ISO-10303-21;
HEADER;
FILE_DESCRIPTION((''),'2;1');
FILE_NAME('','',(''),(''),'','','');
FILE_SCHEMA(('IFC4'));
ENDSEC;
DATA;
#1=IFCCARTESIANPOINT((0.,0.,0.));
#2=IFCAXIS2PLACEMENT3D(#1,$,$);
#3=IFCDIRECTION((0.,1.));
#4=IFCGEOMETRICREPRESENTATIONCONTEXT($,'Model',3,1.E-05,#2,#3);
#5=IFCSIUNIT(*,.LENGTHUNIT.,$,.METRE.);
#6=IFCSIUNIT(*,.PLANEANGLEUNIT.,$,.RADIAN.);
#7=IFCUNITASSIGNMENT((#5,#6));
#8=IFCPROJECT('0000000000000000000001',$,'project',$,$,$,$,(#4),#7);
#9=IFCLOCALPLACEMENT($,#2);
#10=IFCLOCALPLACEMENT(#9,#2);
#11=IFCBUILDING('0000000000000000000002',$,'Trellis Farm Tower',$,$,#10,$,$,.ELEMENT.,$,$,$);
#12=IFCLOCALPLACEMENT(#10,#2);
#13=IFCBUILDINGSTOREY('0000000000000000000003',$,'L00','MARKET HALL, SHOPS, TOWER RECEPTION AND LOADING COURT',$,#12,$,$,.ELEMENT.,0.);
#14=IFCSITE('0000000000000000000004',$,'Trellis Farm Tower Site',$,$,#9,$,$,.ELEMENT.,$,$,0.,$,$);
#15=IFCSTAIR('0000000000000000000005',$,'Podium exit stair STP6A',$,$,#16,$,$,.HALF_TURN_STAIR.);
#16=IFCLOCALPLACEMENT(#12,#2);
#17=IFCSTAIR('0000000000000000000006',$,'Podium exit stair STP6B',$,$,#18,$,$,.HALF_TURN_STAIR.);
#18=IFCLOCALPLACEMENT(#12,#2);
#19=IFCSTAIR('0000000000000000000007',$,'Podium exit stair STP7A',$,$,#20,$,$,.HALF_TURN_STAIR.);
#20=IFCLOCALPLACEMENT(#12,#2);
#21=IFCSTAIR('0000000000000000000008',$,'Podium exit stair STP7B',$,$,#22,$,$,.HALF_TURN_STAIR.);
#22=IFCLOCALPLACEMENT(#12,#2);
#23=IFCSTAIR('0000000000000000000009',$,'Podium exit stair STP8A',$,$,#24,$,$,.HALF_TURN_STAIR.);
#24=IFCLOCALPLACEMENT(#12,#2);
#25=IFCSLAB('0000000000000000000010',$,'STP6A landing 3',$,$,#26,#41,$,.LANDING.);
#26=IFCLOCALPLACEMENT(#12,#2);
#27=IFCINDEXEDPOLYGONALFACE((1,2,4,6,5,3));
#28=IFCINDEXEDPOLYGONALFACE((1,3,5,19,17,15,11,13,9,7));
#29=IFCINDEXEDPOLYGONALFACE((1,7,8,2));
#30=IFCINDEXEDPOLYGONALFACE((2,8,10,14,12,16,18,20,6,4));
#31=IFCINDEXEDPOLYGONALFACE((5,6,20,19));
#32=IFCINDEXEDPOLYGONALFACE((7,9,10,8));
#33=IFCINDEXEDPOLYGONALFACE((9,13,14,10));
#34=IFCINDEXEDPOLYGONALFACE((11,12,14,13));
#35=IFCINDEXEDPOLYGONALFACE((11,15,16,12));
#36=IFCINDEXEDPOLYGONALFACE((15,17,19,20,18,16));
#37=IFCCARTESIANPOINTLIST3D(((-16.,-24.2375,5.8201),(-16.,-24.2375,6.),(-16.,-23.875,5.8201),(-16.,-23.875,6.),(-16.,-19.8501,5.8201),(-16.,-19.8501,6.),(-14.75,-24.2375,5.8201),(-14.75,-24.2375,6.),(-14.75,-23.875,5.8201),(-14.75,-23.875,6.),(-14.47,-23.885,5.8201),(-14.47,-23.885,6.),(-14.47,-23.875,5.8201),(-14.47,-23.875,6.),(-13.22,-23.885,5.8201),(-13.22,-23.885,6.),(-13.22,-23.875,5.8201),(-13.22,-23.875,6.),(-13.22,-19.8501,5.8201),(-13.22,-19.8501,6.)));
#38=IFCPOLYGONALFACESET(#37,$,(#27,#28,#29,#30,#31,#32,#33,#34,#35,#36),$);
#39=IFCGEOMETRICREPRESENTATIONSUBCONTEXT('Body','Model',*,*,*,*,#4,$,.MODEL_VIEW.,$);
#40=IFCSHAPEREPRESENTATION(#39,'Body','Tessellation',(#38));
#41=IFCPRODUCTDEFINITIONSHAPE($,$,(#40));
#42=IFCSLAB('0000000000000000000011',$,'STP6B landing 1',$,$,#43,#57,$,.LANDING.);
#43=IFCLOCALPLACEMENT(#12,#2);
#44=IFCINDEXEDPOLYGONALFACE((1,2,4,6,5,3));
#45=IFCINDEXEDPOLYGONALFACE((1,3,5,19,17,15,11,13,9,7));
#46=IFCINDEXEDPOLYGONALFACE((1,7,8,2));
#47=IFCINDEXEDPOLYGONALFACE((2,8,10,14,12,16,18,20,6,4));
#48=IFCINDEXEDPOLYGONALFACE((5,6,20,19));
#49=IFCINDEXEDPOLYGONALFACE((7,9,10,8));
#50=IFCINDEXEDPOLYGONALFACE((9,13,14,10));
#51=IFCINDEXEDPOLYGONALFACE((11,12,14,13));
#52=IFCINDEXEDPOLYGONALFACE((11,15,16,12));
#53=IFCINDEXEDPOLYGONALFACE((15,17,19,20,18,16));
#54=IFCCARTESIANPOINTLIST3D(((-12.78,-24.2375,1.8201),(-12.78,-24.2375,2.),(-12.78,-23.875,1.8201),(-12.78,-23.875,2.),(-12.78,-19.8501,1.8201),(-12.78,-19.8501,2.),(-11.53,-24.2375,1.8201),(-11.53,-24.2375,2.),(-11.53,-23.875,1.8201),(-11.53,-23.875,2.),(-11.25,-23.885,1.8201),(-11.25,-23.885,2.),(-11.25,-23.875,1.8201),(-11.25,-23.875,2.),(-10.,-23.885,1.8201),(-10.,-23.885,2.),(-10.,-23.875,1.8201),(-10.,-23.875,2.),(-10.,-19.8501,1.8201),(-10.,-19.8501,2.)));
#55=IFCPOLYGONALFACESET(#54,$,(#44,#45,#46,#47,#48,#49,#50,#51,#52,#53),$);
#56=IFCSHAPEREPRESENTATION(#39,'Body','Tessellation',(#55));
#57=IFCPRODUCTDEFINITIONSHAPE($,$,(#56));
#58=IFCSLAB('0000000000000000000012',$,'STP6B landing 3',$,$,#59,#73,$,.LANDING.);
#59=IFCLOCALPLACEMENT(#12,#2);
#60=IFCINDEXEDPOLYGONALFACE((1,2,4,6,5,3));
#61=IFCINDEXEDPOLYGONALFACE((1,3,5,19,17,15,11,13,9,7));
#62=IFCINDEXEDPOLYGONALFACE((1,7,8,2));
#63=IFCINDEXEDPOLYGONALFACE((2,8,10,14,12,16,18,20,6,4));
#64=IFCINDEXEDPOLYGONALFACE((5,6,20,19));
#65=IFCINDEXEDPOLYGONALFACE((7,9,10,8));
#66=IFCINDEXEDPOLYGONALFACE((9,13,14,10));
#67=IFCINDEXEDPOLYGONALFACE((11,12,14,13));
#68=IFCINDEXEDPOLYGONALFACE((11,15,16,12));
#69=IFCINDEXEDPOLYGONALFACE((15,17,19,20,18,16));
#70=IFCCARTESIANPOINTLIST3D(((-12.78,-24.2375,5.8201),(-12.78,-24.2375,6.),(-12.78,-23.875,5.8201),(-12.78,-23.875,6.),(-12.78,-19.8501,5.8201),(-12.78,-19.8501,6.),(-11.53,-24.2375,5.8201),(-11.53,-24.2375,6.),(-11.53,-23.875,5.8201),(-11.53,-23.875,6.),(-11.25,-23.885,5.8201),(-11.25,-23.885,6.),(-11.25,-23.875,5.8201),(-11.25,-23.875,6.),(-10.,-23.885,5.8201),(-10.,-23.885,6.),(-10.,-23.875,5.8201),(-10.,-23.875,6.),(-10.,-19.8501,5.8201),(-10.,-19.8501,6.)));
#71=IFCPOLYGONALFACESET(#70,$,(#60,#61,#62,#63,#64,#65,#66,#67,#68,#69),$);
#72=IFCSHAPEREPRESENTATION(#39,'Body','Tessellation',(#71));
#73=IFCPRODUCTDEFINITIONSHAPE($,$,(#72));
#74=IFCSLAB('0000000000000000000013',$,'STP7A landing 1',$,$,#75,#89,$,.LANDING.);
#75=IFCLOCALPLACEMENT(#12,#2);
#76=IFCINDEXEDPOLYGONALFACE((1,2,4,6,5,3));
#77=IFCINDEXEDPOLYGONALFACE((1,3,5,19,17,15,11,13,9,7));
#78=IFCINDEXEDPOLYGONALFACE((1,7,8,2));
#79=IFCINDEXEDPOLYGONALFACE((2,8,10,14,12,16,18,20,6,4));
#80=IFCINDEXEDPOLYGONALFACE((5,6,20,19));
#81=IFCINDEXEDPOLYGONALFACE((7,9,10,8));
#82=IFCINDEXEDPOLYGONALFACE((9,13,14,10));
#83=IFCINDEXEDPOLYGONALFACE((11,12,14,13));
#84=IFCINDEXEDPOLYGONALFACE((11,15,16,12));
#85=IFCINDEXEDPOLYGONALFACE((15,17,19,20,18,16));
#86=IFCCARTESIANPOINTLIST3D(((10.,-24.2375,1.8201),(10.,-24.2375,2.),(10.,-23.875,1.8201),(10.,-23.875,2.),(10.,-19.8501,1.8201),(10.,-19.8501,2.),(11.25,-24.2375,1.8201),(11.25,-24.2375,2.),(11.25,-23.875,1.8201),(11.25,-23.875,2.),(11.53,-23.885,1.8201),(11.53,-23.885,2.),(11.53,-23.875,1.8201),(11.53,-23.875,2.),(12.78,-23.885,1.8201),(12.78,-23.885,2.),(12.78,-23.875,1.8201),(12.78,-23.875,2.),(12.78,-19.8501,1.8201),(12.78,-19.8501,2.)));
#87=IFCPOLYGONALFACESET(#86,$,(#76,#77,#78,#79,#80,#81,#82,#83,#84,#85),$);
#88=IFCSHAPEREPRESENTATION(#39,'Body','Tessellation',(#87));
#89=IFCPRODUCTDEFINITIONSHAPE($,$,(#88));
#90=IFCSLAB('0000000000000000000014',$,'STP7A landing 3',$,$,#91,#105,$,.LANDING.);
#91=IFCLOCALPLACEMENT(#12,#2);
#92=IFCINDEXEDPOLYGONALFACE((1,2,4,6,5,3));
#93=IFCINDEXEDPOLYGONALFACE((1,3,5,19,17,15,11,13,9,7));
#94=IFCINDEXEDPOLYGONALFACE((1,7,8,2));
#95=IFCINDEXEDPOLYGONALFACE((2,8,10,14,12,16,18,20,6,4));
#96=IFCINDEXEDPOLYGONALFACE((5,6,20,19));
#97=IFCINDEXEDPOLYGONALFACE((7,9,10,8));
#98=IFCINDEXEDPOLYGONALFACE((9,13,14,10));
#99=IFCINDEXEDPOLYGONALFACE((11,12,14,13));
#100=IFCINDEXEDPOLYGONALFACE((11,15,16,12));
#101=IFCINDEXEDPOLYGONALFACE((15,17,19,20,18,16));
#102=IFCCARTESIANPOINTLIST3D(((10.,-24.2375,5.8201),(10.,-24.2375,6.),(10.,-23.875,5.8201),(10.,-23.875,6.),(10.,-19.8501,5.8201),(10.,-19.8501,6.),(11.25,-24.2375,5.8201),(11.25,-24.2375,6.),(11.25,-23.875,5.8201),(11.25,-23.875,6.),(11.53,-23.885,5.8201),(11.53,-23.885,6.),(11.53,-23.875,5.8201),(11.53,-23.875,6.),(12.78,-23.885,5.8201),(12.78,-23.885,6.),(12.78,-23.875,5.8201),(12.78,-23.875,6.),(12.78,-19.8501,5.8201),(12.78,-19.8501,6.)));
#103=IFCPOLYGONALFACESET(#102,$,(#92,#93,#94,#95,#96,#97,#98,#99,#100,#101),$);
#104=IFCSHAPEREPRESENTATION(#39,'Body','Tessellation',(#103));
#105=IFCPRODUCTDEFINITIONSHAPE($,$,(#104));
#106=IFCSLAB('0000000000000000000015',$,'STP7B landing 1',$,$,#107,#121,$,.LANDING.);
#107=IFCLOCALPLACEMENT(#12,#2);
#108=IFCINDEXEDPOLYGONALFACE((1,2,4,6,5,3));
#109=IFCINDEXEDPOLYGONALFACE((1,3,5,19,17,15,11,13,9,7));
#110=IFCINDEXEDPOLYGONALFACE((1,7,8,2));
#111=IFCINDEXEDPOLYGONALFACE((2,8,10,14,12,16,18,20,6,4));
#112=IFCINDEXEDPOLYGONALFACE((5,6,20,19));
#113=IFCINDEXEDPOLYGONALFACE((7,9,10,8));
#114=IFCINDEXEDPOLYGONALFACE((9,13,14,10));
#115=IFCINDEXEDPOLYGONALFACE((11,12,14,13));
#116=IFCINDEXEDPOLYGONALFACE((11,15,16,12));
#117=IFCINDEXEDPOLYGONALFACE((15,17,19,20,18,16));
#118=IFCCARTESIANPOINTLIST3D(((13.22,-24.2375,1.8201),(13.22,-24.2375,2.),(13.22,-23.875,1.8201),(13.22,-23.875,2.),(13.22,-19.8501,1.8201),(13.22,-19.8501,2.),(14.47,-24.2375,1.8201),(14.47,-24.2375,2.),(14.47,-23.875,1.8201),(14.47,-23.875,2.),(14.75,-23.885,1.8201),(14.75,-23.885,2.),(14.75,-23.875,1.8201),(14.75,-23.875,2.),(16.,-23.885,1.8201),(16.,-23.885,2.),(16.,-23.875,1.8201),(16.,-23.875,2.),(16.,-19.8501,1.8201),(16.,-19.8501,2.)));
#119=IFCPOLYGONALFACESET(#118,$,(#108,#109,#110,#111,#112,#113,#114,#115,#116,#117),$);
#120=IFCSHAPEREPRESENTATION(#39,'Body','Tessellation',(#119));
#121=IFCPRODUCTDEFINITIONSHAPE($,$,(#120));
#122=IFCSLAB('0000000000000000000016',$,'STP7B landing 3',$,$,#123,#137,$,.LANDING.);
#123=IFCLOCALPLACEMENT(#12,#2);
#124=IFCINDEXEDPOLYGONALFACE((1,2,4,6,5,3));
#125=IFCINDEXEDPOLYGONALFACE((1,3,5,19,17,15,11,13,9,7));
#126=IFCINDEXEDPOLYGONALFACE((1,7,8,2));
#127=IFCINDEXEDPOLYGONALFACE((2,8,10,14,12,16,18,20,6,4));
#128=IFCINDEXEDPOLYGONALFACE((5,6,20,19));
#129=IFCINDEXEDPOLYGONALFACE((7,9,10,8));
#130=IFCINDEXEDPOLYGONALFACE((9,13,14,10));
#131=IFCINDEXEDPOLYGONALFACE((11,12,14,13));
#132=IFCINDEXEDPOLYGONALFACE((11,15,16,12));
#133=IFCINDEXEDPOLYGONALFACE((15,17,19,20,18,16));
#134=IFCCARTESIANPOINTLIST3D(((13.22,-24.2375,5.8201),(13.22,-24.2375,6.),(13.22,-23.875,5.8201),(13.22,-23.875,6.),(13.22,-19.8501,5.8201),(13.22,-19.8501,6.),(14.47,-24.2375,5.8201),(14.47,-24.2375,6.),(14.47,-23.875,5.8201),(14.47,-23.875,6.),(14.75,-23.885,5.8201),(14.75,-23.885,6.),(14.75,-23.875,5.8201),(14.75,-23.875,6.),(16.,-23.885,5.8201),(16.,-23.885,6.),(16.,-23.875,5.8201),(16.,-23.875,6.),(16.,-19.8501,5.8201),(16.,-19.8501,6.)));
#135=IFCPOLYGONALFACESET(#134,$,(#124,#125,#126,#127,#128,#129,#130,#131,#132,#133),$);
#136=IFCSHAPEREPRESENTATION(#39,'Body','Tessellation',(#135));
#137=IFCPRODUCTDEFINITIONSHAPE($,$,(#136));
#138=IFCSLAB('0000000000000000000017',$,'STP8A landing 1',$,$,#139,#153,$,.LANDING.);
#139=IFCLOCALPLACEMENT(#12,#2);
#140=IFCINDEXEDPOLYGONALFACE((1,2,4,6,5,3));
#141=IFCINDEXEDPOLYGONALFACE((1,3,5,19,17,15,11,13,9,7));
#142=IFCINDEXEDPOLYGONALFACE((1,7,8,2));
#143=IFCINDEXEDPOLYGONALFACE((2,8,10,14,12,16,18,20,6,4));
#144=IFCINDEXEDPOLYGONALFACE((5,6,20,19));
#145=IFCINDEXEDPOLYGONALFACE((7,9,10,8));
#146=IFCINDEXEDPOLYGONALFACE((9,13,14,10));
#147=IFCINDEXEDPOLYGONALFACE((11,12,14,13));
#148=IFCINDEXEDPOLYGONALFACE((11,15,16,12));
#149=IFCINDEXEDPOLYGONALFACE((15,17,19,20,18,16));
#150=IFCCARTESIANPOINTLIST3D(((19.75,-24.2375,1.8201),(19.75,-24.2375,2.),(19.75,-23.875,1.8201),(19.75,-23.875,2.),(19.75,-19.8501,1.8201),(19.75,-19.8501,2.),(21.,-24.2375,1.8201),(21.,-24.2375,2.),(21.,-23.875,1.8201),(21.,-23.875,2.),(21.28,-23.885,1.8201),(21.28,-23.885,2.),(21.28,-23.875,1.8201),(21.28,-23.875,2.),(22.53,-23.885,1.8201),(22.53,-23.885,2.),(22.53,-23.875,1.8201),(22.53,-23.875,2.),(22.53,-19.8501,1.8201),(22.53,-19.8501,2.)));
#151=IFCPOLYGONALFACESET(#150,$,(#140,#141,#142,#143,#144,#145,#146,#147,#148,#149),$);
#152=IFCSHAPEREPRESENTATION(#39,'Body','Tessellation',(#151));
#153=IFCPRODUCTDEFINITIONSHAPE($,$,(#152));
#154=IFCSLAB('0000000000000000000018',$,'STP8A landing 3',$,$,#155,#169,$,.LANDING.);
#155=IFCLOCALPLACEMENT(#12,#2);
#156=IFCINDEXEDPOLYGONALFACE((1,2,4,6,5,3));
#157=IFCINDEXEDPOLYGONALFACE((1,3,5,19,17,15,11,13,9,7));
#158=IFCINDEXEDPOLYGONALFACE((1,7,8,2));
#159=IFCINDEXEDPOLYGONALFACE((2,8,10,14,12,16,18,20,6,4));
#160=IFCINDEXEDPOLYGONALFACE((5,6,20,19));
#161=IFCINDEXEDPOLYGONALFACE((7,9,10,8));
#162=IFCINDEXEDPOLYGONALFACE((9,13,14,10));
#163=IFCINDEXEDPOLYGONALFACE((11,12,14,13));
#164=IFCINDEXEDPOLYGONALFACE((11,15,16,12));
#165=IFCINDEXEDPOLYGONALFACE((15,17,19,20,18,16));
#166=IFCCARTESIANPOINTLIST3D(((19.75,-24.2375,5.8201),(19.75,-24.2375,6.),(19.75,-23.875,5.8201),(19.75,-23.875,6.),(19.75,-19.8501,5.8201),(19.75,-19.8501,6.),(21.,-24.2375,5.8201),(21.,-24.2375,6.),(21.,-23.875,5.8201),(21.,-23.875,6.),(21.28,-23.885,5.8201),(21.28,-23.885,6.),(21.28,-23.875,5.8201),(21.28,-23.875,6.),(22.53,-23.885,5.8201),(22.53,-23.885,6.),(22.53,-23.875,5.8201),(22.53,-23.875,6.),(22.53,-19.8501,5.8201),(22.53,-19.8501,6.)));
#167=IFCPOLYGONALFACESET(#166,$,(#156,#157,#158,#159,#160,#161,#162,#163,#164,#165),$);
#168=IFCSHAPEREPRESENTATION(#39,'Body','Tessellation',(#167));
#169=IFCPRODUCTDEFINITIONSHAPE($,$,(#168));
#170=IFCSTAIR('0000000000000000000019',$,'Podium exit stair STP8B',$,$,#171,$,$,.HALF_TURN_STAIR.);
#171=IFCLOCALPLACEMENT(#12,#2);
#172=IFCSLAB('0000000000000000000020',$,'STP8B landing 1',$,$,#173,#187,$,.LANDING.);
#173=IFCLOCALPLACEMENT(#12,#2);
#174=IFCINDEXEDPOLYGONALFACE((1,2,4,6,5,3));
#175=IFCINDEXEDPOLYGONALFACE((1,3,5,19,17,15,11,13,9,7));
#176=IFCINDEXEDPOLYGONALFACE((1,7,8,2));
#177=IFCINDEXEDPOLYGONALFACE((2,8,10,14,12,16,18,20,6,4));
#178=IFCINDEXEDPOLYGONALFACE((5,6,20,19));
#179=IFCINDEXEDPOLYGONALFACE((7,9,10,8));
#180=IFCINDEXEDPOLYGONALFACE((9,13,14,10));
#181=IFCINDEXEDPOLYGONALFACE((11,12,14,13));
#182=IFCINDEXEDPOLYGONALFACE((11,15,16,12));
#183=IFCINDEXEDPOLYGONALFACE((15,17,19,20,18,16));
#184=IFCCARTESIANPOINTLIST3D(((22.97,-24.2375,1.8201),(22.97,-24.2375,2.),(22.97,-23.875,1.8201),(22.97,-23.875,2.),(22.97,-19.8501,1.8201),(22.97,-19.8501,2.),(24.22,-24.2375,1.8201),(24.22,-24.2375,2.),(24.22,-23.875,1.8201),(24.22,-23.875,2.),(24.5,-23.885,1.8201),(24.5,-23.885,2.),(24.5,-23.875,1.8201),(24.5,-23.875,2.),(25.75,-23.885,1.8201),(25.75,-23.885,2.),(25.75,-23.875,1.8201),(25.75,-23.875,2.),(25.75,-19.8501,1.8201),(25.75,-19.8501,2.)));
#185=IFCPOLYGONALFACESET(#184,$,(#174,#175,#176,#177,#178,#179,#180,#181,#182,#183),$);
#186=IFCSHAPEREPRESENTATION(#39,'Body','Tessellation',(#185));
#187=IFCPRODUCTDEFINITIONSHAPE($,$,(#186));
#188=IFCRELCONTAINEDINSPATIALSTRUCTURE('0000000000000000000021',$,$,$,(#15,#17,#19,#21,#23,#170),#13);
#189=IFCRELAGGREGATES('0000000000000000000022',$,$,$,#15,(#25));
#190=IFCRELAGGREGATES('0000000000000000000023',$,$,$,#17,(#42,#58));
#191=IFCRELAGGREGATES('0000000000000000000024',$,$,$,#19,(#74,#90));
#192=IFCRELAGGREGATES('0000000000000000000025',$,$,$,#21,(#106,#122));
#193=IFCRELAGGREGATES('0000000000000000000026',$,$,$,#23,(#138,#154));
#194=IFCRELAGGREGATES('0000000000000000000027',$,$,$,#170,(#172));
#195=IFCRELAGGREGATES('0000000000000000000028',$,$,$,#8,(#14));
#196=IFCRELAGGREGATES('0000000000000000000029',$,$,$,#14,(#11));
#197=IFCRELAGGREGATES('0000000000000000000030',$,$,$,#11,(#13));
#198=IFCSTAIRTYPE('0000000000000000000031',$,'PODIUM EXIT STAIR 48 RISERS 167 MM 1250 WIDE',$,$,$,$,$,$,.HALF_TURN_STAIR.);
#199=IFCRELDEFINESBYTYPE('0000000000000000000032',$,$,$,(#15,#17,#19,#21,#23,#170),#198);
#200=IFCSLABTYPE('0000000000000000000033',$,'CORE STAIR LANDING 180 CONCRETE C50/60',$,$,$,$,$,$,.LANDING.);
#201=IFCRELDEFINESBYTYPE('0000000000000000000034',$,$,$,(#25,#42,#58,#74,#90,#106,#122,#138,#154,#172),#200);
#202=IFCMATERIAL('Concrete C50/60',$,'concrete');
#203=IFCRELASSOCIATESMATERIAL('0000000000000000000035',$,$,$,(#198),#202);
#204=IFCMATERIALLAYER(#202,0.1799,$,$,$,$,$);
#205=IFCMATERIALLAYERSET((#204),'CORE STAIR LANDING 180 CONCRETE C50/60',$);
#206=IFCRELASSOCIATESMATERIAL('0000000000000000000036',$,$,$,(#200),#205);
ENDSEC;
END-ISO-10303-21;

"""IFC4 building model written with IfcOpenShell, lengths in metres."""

from ifc_helpers import new_model, si_unit, direction, frame, origin, place, context, subcontext, project, spatial, polyline, outline, extrude, source, transform, mapped, material, layer, layer_set, type_object, element, aggregate, save


model = new_model("IFC4")

# Units and contexts
model_context = context("Model", 3, precision=1e-05, world=origin(), true_north=direction((0.0, 1.0)))
body_context = subcontext(model_context, "Body", "Model", "MODEL_VIEW")
ifc_project = project(units=[si_unit("LENGTHUNIT", "METRE"), si_unit("PLANEANGLEUNIT", "RADIAN")], contexts=[model_context])

# Site, building, storey
site_placement = place(None, origin())
site = spatial("IfcSite", under=ifc_project, at=site_placement, Name="Trellis Farm Tower Site", CompositionType="ELEMENT", RefElevation=0.0)
building_placement = place(site_placement, origin())
building = spatial("IfcBuilding", under=site, at=building_placement, Name="Trellis Farm Tower", CompositionType="ELEMENT")
storey_placement = place(building_placement, origin())
storey = spatial("IfcBuildingStorey", under=building, at=storey_placement, Name="L00", Description="MARKET HALL, SHOPS, TOWER RECEPTION AND LOADING COURT", CompositionType="ELEMENT", Elevation=0.0)

# Stairs
ifc_material = material(Name="Concrete C50/60", Category="concrete")
stair_type = type_object("IfcStairType", Name="PODIUM EXIT STAIR 48 RISERS 167 MM 1250 WIDE", PredefinedType="HALF_TURN_STAIR", material=ifc_material)
placement_1 = place(storey_placement, origin())
ifc_layer = layer(ifc_material, 0.1799)
ifc_layer_set = layer_set([ifc_layer], Name="CORE STAIR LANDING 180 CONCRETE C50/60")
slab_type = type_object("IfcSlabType", Name="CORE STAIR LANDING 180 CONCRETE C50/60", PredefinedType="LANDING", material=ifc_layer_set)
stair_1 = element("IfcStair", 1, at=placement_1, inside=storey, type_object=stair_type, Name="Podium exit stair STP6A", PredefinedType="HALF_TURN_STAIR")
stair_2 = element("IfcStair", 2, at=placement_1, inside=storey, type_object=stair_type, Name="Podium exit stair STP6B", PredefinedType="HALF_TURN_STAIR")
stair_3 = element("IfcStair", 3, at=placement_1, inside=storey, type_object=stair_type, Name="Podium exit stair STP7A", PredefinedType="HALF_TURN_STAIR")
stair_4 = element("IfcStair", 4, at=placement_1, inside=storey, type_object=stair_type, Name="Podium exit stair STP7B", PredefinedType="HALF_TURN_STAIR")
stair_5 = element("IfcStair", 5, at=placement_1, inside=storey, type_object=stair_type, Name="Podium exit stair STP8A", PredefinedType="HALF_TURN_STAIR")
placement_2 = place(storey_placement, frame((0.0, 0.0, 5.8201)))

# Slabs
placement_3 = place(storey_placement, frame((0.0, 0.0, 1.8201)))
shared_shape_1 = source(origin(), body_context, "Body", "SweptSolid", [
    extrude(outline(polyline([(-14.75, -24.2375), (-16.0, -24.2375), (-16.0, -23.875), (-16.0, -19.8501), (-13.22, -19.8501), (-13.22, -23.875), (-13.22, -23.885), (-14.47, -23.885), (-14.47, -23.875), (-14.75, -23.875), (-14.75, -24.2375)])), origin(), (0.0, 0.0, 1.0), 0.1799),
])
slab_1 = element("IfcSlab", 6, at=placement_2, type_object=slab_type, Name="STP6A landing 3", PredefinedType="LANDING", context=body_context, shape_type="MappedRepresentation", body=[
    mapped(shared_shape_1, transform((0.0, 0.0, 0.0))),
])
aggregate(stair_1, [slab_1])
shared_shape_2 = source(origin(), body_context, "Body", "SweptSolid", [
    extrude(outline(polyline([(-11.53, -24.2375), (-12.78, -24.2375), (-12.78, -23.875), (-12.78, -19.8501), (-10.0, -19.8501), (-10.0, -23.875), (-10.0, -23.885), (-11.25, -23.885), (-11.25, -23.875), (-11.53, -23.875), (-11.53, -24.2375)])), origin(), (0.0, 0.0, 1.0), 0.1799),
])
slab_2 = element("IfcSlab", 7, at=placement_3, type_object=slab_type, Name="STP6B landing 1", PredefinedType="LANDING", context=body_context, shape_type="MappedRepresentation", body=[
    mapped(shared_shape_2, transform((0.0, 0.0, 0.0))),
])
slab_3 = element("IfcSlab", 8, at=placement_2, type_object=slab_type, Name="STP6B landing 3", PredefinedType="LANDING", context=body_context, shape_type="MappedRepresentation", body=[
    mapped(shared_shape_2, transform((0.0, 0.0, 0.0))),
])
aggregate(stair_2, [slab_2, slab_3])
shared_shape_3 = source(origin(), body_context, "Body", "SweptSolid", [
    extrude(outline(polyline([(11.25, -24.2375), (10.0, -24.2375), (10.0, -23.875), (10.0, -19.8501), (12.78, -19.8501), (12.78, -23.875), (12.78, -23.885), (11.53, -23.885), (11.53, -23.875), (11.25, -23.875), (11.25, -24.2375)])), origin(), (0.0, 0.0, 1.0), 0.1799),
])
slab_4 = element("IfcSlab", 9, at=placement_3, type_object=slab_type, Name="STP7A landing 1", PredefinedType="LANDING", context=body_context, shape_type="MappedRepresentation", body=[
    mapped(shared_shape_3, transform((0.0, 0.0, 0.0))),
])
slab_5 = element("IfcSlab", 10, at=placement_2, type_object=slab_type, Name="STP7A landing 3", PredefinedType="LANDING", context=body_context, shape_type="MappedRepresentation", body=[
    mapped(shared_shape_3, transform((0.0, 0.0, 0.0))),
])
aggregate(stair_3, [slab_4, slab_5])
shared_shape_4 = source(origin(), body_context, "Body", "SweptSolid", [
    extrude(outline(polyline([(14.47, -24.2375), (13.22, -24.2375), (13.22, -23.875), (13.22, -19.8501), (16.0, -19.8501), (16.0, -23.875), (16.0, -23.885), (14.75, -23.885), (14.75, -23.875), (14.47, -23.875), (14.47, -24.2375)])), origin(), (0.0, 0.0, 1.0), 0.1799),
])
slab_6 = element("IfcSlab", 11, at=placement_3, type_object=slab_type, Name="STP7B landing 1", PredefinedType="LANDING", context=body_context, shape_type="MappedRepresentation", body=[
    mapped(shared_shape_4, transform((0.0, 0.0, 0.0))),
])
slab_7 = element("IfcSlab", 12, at=placement_2, type_object=slab_type, Name="STP7B landing 3", PredefinedType="LANDING", context=body_context, shape_type="MappedRepresentation", body=[
    mapped(shared_shape_4, transform((0.0, 0.0, 0.0))),
])
aggregate(stair_4, [slab_6, slab_7])
shared_shape_5 = source(origin(), body_context, "Body", "SweptSolid", [
    extrude(outline(polyline([(21.0, -24.2375), (19.75, -24.2375), (19.75, -23.875), (19.75, -19.8501), (22.53, -19.8501), (22.53, -23.875), (22.53, -23.885), (21.28, -23.885), (21.28, -23.875), (21.0, -23.875), (21.0, -24.2375)])), origin(), (0.0, 0.0, 1.0), 0.1799),
])
slab_8 = element("IfcSlab", 13, at=placement_3, type_object=slab_type, Name="STP8A landing 1", PredefinedType="LANDING", context=body_context, shape_type="MappedRepresentation", body=[
    mapped(shared_shape_5, transform((0.0, 0.0, 0.0))),
])
slab_9 = element("IfcSlab", 14, at=placement_2, type_object=slab_type, Name="STP8A landing 3", PredefinedType="LANDING", context=body_context, shape_type="MappedRepresentation", body=[
    mapped(shared_shape_5, transform((0.0, 0.0, 0.0))),
])
aggregate(stair_5, [slab_8, slab_9])

# Stair, slab
stair_6 = element("IfcStair", 15, at=placement_1, inside=storey, type_object=stair_type, Name="Podium exit stair STP8B", PredefinedType="HALF_TURN_STAIR")
shared_shape_6 = source(origin(), body_context, "Body", "SweptSolid", [
    extrude(outline(polyline([(24.22, -24.2375), (22.97, -24.2375), (22.97, -23.875), (22.97, -19.8501), (25.75, -19.8501), (25.75, -23.875), (25.75, -23.885), (24.5, -23.885), (24.5, -23.875), (24.22, -23.875), (24.22, -24.2375)])), origin(), (0.0, 0.0, 1.0), 0.1799),
])
slab_10 = element("IfcSlab", 16, at=placement_3, type_object=slab_type, Name="STP8B landing 1", PredefinedType="LANDING", context=body_context, shape_type="MappedRepresentation", body=[
    mapped(shared_shape_6, transform((0.0, 0.0, 0.0))),
])
aggregate(stair_6, [slab_10])

save(model, "model.ifc")
